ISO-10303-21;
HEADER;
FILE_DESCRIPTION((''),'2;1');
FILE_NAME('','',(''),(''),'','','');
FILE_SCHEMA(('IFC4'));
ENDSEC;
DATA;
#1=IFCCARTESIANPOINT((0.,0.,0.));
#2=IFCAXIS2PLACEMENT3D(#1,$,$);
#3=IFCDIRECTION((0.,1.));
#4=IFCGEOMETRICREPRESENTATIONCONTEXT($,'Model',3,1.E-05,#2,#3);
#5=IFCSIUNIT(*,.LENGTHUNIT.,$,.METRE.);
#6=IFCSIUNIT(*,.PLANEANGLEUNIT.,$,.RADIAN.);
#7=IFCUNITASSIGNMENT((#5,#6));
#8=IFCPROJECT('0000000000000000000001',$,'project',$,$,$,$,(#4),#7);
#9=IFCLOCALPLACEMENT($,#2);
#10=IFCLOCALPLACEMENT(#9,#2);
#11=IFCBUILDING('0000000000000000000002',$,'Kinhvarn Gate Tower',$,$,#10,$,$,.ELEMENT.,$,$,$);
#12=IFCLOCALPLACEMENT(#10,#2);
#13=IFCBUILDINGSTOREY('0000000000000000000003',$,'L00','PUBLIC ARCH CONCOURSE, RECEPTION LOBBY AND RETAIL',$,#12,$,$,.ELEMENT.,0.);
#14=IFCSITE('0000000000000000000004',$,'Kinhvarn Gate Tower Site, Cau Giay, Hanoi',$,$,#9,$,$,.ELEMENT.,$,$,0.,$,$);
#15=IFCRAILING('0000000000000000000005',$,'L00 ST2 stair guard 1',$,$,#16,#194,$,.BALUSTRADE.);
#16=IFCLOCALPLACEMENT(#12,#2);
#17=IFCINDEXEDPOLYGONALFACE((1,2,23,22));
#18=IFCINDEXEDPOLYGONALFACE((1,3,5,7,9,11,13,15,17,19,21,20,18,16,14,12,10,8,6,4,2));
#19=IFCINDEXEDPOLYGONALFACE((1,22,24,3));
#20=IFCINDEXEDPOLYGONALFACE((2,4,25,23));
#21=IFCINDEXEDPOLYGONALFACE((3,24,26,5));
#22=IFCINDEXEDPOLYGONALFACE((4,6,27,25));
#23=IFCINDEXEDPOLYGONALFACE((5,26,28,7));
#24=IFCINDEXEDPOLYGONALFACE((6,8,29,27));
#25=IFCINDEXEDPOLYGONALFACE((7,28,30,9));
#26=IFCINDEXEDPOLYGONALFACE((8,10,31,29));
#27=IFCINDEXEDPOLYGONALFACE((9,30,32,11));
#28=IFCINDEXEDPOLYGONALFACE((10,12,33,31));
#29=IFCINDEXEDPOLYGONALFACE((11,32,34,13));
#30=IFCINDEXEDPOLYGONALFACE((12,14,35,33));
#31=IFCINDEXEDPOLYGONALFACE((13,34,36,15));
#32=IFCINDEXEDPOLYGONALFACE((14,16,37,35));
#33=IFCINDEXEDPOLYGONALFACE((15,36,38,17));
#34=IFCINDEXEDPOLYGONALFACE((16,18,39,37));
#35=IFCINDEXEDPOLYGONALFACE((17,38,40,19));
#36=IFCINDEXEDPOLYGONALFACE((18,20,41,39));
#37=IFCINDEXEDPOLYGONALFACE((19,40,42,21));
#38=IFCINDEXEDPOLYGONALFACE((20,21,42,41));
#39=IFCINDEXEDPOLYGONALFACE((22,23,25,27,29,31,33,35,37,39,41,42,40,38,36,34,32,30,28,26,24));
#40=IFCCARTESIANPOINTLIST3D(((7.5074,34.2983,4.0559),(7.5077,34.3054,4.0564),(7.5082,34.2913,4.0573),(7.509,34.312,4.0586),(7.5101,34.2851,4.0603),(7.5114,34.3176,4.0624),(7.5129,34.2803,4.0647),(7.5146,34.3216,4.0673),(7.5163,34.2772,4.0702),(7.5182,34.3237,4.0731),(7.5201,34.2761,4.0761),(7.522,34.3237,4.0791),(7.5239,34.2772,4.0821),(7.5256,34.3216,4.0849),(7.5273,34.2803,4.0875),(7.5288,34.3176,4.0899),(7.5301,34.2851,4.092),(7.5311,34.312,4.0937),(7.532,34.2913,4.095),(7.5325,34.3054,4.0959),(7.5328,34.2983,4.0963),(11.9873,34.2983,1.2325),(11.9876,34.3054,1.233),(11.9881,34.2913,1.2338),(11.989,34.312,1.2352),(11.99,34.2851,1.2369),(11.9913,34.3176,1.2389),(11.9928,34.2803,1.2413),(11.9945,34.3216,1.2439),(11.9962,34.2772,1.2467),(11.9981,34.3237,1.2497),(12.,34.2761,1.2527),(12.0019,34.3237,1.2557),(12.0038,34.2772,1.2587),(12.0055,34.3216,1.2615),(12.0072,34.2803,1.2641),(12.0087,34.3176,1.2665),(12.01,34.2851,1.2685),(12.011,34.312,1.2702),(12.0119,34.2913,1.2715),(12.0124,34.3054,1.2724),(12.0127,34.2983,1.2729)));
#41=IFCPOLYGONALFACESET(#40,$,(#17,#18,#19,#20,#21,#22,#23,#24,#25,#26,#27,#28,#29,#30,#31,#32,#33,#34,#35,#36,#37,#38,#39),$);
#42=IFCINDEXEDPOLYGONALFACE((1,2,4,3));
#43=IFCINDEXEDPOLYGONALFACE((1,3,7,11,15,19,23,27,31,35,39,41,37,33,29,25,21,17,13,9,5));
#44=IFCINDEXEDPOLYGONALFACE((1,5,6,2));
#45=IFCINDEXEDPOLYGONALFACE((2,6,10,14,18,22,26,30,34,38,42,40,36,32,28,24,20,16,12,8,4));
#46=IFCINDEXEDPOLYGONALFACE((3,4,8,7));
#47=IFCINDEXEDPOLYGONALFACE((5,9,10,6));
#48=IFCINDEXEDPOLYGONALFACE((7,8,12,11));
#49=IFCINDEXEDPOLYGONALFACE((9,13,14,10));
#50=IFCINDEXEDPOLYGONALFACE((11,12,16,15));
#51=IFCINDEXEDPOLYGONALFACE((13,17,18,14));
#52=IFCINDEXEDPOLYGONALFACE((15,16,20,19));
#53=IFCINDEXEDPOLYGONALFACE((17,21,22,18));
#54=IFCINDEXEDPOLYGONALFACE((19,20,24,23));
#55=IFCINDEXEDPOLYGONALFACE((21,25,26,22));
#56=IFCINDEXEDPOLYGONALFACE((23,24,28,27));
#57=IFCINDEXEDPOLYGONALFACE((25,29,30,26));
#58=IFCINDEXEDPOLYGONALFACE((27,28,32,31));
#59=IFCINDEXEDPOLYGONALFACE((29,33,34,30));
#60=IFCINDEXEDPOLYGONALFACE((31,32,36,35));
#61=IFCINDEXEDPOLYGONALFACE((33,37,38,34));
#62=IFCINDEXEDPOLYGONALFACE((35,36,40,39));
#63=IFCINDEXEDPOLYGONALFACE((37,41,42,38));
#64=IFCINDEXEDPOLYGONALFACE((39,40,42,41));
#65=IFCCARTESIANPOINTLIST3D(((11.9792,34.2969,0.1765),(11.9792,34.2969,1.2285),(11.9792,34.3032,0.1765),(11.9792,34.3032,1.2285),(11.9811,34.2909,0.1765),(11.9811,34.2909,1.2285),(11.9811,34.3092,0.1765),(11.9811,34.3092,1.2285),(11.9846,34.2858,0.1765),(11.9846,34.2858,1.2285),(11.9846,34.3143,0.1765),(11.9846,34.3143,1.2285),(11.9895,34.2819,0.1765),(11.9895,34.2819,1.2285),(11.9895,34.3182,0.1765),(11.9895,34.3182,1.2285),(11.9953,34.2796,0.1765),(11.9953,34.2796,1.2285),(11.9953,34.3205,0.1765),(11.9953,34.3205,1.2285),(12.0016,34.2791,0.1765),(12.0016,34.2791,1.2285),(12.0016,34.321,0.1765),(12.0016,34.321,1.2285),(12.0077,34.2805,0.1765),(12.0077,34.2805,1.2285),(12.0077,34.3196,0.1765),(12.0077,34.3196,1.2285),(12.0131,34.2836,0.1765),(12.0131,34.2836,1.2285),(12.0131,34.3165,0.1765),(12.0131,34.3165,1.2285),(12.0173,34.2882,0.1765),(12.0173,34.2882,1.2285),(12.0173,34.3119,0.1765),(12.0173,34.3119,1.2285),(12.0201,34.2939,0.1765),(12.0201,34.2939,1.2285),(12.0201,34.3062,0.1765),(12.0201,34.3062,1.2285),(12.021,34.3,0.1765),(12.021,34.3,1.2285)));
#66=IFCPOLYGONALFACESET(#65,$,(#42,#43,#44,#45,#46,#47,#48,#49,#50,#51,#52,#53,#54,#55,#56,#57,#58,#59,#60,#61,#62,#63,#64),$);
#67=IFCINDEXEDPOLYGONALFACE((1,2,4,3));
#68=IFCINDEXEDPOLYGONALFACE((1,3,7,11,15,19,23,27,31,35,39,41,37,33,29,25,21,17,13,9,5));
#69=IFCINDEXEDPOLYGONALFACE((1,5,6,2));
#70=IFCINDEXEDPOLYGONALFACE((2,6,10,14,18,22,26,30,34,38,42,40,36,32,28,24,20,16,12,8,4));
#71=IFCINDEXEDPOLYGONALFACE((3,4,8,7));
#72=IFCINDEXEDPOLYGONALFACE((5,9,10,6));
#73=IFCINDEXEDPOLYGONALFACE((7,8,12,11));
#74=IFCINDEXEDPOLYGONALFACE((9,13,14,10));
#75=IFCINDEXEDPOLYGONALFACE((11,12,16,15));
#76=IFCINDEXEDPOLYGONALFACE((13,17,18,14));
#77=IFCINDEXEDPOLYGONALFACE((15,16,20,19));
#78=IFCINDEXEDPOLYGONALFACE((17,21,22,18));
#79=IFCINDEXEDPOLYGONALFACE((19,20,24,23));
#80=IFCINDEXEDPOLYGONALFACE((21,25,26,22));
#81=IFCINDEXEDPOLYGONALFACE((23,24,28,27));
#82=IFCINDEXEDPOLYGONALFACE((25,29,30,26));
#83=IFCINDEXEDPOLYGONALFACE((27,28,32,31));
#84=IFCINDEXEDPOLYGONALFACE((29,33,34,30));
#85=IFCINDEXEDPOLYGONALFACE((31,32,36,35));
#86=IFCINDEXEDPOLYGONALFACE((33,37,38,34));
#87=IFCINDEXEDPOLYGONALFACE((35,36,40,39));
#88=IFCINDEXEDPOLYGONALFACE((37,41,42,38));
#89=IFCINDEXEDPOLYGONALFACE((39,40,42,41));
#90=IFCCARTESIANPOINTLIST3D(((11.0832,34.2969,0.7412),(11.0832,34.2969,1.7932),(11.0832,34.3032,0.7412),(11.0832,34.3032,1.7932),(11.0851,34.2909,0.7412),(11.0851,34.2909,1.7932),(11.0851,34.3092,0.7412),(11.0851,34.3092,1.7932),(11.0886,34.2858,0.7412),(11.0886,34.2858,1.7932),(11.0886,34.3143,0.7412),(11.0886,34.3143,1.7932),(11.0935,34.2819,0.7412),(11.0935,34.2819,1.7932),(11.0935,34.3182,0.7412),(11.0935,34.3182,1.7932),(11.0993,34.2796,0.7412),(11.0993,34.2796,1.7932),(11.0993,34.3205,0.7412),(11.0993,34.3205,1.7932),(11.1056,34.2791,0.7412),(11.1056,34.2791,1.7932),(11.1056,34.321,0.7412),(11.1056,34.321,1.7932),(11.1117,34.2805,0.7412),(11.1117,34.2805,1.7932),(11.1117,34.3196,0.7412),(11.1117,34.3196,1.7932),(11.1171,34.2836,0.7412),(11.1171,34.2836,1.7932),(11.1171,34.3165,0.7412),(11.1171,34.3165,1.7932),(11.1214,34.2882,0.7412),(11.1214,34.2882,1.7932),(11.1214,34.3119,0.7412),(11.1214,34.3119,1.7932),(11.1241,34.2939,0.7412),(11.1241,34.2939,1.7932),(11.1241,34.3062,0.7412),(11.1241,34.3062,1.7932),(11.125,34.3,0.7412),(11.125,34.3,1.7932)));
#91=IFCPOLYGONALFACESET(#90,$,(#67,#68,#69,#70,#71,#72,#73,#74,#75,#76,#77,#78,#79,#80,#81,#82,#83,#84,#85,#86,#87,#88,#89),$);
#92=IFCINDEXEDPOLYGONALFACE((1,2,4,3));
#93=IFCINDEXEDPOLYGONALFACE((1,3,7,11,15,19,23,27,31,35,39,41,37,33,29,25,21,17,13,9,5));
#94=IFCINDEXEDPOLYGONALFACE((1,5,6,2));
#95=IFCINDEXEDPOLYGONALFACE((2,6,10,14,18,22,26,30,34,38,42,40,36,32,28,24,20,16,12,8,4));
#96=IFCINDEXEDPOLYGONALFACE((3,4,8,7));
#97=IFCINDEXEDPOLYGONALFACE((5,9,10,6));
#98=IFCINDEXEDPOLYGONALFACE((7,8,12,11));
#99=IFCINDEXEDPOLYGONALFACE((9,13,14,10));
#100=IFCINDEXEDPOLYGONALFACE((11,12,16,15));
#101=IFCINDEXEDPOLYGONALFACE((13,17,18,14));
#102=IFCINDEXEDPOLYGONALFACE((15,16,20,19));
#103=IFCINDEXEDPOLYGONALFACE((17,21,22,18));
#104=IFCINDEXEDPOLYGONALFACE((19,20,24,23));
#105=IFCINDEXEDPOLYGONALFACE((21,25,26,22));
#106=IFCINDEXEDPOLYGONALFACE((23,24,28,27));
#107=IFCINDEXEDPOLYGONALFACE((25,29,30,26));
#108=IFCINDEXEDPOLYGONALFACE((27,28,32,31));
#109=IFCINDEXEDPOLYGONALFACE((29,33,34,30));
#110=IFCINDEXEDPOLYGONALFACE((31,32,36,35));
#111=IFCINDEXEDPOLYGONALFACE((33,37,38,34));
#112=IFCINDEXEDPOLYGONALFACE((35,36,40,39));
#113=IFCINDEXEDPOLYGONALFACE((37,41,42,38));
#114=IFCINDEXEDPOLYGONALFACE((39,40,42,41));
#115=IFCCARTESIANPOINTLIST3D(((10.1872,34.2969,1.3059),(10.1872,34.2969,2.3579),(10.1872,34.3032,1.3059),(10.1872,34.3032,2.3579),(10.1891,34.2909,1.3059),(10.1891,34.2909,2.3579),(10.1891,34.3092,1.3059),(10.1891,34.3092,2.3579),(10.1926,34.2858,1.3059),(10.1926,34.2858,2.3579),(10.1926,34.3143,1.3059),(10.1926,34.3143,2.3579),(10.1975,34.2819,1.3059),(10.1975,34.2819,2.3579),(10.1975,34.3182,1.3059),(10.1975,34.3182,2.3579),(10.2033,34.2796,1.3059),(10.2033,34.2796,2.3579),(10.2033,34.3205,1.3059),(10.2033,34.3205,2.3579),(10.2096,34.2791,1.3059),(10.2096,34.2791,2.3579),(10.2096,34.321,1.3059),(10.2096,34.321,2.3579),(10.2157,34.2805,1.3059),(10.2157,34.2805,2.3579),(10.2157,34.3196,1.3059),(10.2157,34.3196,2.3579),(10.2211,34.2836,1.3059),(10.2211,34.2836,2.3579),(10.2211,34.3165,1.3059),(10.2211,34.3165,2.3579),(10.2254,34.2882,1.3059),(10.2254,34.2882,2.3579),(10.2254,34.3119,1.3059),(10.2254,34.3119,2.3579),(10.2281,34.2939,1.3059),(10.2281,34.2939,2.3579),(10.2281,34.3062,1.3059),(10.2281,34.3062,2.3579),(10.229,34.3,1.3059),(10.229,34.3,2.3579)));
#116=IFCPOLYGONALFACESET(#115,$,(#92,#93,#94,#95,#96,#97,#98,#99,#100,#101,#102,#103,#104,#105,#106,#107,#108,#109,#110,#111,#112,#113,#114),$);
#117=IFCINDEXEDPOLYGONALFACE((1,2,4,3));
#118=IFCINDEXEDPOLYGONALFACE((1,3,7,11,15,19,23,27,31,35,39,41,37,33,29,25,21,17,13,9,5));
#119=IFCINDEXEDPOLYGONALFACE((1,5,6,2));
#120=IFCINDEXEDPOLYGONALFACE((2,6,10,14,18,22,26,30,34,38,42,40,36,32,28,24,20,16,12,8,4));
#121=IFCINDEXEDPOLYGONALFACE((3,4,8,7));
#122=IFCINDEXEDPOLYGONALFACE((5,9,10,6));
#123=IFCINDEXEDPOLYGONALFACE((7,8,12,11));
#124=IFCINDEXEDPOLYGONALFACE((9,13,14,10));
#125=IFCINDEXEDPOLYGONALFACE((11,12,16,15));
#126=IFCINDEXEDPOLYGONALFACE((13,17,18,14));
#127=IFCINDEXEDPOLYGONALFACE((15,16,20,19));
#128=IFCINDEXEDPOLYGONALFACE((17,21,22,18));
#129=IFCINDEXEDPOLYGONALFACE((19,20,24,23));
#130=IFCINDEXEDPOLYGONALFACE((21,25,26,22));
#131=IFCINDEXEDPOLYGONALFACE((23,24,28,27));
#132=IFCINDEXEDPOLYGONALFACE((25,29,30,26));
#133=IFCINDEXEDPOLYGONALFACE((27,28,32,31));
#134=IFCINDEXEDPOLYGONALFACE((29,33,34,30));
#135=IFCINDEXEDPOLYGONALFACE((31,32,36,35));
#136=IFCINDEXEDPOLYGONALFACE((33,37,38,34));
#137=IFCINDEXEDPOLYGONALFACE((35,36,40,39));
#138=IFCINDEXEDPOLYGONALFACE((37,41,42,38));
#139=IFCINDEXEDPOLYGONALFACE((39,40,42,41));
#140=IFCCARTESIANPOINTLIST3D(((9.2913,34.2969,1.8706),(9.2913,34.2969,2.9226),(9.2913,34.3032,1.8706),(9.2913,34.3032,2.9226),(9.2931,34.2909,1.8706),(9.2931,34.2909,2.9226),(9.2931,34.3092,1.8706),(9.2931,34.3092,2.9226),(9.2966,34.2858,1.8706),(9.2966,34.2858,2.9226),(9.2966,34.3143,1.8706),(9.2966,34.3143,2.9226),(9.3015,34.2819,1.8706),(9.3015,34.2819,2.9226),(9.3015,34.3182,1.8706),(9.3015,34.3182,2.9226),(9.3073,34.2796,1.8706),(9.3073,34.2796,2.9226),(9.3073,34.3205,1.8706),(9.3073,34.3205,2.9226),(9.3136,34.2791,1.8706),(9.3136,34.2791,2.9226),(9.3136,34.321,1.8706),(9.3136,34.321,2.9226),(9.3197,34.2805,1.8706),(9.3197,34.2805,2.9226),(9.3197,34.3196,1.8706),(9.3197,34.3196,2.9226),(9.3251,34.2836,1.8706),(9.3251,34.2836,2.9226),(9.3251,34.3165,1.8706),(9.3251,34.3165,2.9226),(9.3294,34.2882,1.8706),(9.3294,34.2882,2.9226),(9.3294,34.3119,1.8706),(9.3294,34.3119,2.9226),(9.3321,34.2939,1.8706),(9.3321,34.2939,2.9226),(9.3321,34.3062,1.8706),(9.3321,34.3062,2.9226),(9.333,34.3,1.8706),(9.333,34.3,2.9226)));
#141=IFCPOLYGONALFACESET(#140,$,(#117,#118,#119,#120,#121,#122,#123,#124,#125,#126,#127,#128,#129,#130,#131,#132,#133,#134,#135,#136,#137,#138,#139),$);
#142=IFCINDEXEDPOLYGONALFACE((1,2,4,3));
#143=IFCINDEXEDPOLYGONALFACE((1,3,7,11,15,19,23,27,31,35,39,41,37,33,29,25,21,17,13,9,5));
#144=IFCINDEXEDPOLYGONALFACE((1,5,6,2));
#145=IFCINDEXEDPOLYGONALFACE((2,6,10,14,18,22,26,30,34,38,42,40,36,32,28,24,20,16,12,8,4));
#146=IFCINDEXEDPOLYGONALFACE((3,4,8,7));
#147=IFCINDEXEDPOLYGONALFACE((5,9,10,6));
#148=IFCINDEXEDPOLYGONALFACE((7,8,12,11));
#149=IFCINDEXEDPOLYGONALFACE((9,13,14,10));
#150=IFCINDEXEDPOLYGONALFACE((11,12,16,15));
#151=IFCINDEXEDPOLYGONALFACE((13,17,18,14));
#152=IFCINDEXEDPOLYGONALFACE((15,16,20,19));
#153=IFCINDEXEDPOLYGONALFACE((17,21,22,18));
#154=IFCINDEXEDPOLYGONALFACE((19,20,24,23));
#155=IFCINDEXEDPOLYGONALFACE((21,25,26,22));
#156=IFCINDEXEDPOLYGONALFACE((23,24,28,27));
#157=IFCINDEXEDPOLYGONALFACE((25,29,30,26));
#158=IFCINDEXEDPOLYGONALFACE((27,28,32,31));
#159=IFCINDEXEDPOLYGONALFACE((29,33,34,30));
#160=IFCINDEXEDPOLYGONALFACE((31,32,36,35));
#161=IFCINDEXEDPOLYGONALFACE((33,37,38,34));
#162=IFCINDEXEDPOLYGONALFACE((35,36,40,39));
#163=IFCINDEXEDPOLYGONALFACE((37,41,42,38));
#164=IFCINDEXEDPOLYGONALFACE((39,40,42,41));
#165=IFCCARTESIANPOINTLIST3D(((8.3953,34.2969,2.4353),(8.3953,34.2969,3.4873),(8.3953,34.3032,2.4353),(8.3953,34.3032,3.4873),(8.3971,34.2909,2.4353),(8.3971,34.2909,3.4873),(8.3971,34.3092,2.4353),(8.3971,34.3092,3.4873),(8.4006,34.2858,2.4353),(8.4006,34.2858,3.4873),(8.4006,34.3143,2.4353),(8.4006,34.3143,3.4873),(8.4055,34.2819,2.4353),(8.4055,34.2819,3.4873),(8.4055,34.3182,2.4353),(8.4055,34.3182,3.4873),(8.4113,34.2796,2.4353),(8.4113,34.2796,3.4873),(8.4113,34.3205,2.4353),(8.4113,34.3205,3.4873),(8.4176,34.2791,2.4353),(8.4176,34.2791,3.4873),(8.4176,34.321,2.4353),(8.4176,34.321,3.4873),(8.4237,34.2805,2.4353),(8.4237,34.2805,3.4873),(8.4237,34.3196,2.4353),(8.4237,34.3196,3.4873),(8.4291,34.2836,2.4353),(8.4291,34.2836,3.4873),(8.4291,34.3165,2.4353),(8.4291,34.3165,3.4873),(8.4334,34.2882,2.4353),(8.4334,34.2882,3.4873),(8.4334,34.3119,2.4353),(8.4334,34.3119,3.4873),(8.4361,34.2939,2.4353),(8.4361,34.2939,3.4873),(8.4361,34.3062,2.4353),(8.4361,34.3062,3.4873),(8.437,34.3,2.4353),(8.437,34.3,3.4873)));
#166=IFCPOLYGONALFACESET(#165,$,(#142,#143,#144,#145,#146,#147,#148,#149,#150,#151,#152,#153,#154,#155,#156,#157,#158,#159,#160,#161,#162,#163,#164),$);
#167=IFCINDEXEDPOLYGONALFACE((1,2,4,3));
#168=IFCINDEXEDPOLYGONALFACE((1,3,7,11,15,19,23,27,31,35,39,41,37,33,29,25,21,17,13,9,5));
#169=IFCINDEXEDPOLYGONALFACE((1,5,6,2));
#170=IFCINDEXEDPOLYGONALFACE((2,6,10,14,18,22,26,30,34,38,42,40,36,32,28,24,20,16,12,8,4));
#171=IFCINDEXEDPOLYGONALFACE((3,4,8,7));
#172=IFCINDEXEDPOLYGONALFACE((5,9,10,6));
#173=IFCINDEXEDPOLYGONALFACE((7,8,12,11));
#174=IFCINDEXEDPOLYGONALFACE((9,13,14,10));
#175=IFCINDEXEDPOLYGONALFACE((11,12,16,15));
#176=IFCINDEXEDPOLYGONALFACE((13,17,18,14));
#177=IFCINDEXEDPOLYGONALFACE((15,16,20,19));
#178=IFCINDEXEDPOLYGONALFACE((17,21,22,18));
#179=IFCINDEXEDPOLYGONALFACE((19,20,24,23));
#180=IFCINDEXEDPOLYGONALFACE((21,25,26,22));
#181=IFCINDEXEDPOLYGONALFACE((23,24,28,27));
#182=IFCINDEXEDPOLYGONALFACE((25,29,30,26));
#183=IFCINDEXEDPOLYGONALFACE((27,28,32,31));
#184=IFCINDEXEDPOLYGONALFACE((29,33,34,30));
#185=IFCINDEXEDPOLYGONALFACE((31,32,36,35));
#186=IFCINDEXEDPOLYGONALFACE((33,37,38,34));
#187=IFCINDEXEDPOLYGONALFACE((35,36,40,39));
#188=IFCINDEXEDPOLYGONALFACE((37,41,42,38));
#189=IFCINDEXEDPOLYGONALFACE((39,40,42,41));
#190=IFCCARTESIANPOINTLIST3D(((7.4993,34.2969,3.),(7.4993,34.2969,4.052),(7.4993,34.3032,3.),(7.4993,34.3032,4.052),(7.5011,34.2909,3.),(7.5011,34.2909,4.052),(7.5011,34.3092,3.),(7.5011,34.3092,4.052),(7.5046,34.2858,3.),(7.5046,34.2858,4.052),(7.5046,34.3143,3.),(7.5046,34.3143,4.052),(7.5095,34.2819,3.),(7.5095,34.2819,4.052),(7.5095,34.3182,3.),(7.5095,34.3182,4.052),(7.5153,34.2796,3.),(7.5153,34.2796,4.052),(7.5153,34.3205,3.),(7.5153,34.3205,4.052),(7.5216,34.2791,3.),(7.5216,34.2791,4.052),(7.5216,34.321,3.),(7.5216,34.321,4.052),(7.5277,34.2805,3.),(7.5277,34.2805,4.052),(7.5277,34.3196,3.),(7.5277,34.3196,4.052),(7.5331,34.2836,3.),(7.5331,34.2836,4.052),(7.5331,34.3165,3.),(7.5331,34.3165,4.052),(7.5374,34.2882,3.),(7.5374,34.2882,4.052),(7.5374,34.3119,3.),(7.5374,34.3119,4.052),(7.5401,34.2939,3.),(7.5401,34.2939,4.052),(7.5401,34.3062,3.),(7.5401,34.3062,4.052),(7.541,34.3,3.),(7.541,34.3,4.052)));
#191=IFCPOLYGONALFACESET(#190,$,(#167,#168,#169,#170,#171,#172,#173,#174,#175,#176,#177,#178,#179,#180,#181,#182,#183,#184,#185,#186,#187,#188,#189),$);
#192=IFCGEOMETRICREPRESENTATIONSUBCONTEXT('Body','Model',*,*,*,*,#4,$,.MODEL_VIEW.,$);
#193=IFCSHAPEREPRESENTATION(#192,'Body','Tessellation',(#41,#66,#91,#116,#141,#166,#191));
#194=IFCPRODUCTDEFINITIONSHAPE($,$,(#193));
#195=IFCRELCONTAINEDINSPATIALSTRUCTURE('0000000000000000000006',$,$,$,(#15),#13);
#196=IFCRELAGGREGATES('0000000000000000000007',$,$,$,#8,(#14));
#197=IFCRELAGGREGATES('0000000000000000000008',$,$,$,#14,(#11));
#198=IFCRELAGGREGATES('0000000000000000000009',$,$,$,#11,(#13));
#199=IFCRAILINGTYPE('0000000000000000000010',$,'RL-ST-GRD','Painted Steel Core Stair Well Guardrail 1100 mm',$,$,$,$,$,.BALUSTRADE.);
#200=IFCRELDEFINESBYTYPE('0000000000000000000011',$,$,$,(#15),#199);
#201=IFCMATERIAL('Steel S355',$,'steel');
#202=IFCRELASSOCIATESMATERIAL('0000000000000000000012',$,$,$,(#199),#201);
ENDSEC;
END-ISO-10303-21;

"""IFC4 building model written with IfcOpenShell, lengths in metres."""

from ifc_helpers import new_model, si_unit, direction, frame, origin, origin_2d, place, context, subcontext, project, spatial, circle, extrude, material, type_object, element, save


model = new_model("IFC4")

# Units and contexts
model_context = context("Model", 3, precision=1e-05, world=origin(), true_north=direction((0.0, 1.0)))
body_context = subcontext(model_context, "Body", "Model", "MODEL_VIEW")
ifc_project = project(units=[si_unit("LENGTHUNIT", "METRE"), si_unit("PLANEANGLEUNIT", "RADIAN")], contexts=[model_context])

# Site, building, storey
site_placement = place(None, origin())
site = spatial("IfcSite", under=ifc_project, at=site_placement, Name="Kinhvarn Gate Tower Site, Cau Giay, Hanoi", CompositionType="ELEMENT", RefElevation=0.0)
building_placement = place(site_placement, origin())
building = spatial("IfcBuilding", under=site, at=building_placement, Name="Kinhvarn Gate Tower", CompositionType="ELEMENT")
storey_placement = place(building_placement, origin())
storey = spatial("IfcBuildingStorey", under=building, at=storey_placement, Name="L00", Description="PUBLIC ARCH CONCOURSE, RECEPTION LOBBY AND RETAIL", CompositionType="ELEMENT", Elevation=0.0)

# Shared definitions
ifc_material_1 = material(Name="Steel S355", Category="steel")

# Railing
railing_type_1 = type_object("IfcRailingType", Name="RL-ST-GRD", Description="Painted Steel Core Stair Well Guardrail 1100 mm", PredefinedType="BALUSTRADE", material=ifc_material_1)
railing_1_placement = place(storey_placement, frame((12.0, 34.3, 0.1765)))
element("IfcRailing", 1, at=railing_1_placement, inside=storey, type_object=railing_type_1, Name="L00 ST2 stair guard 1", PredefinedType="BALUSTRADE", context=body_context, shape_type="SweptSolid", body=[
    extrude(circle(Radius=0.0239, at=origin_2d()), frame((0.0, 0.0, 1.0762), z_axis=(-0.845998, 0.0, 0.533186), x_axis=(0.0, -1.0, 0.0)), (0.0, 0.0, 1.0), 5.2954),
    extrude(circle(Radius=0.021, at=origin_2d()), origin(), (0.0, 0.0, 1.0), 1.052),
    extrude(circle(Radius=0.021, at=origin_2d()), frame((-0.896, 0.0, 0.5647)), (0.0, 0.0, 1.0), 1.052),
    extrude(circle(Radius=0.021, at=origin_2d()), frame((-1.792, 0.0, 1.1294)), (0.0, 0.0, 1.0), 1.052),
    extrude(circle(Radius=0.021, at=origin_2d()), frame((-2.688, 0.0, 1.6941)), (0.0, 0.0, 1.0), 1.052),
    extrude(circle(Radius=0.021, at=origin_2d()), frame((-3.584, 0.0, 2.2588)), (0.0, 0.0, 1.0), 1.052),
    extrude(circle(Radius=0.021, at=origin_2d()), frame((-4.48, 0.0, 2.8235)), (0.0, 0.0, 1.0), 1.052),
])

save(model, "model.ifc")
